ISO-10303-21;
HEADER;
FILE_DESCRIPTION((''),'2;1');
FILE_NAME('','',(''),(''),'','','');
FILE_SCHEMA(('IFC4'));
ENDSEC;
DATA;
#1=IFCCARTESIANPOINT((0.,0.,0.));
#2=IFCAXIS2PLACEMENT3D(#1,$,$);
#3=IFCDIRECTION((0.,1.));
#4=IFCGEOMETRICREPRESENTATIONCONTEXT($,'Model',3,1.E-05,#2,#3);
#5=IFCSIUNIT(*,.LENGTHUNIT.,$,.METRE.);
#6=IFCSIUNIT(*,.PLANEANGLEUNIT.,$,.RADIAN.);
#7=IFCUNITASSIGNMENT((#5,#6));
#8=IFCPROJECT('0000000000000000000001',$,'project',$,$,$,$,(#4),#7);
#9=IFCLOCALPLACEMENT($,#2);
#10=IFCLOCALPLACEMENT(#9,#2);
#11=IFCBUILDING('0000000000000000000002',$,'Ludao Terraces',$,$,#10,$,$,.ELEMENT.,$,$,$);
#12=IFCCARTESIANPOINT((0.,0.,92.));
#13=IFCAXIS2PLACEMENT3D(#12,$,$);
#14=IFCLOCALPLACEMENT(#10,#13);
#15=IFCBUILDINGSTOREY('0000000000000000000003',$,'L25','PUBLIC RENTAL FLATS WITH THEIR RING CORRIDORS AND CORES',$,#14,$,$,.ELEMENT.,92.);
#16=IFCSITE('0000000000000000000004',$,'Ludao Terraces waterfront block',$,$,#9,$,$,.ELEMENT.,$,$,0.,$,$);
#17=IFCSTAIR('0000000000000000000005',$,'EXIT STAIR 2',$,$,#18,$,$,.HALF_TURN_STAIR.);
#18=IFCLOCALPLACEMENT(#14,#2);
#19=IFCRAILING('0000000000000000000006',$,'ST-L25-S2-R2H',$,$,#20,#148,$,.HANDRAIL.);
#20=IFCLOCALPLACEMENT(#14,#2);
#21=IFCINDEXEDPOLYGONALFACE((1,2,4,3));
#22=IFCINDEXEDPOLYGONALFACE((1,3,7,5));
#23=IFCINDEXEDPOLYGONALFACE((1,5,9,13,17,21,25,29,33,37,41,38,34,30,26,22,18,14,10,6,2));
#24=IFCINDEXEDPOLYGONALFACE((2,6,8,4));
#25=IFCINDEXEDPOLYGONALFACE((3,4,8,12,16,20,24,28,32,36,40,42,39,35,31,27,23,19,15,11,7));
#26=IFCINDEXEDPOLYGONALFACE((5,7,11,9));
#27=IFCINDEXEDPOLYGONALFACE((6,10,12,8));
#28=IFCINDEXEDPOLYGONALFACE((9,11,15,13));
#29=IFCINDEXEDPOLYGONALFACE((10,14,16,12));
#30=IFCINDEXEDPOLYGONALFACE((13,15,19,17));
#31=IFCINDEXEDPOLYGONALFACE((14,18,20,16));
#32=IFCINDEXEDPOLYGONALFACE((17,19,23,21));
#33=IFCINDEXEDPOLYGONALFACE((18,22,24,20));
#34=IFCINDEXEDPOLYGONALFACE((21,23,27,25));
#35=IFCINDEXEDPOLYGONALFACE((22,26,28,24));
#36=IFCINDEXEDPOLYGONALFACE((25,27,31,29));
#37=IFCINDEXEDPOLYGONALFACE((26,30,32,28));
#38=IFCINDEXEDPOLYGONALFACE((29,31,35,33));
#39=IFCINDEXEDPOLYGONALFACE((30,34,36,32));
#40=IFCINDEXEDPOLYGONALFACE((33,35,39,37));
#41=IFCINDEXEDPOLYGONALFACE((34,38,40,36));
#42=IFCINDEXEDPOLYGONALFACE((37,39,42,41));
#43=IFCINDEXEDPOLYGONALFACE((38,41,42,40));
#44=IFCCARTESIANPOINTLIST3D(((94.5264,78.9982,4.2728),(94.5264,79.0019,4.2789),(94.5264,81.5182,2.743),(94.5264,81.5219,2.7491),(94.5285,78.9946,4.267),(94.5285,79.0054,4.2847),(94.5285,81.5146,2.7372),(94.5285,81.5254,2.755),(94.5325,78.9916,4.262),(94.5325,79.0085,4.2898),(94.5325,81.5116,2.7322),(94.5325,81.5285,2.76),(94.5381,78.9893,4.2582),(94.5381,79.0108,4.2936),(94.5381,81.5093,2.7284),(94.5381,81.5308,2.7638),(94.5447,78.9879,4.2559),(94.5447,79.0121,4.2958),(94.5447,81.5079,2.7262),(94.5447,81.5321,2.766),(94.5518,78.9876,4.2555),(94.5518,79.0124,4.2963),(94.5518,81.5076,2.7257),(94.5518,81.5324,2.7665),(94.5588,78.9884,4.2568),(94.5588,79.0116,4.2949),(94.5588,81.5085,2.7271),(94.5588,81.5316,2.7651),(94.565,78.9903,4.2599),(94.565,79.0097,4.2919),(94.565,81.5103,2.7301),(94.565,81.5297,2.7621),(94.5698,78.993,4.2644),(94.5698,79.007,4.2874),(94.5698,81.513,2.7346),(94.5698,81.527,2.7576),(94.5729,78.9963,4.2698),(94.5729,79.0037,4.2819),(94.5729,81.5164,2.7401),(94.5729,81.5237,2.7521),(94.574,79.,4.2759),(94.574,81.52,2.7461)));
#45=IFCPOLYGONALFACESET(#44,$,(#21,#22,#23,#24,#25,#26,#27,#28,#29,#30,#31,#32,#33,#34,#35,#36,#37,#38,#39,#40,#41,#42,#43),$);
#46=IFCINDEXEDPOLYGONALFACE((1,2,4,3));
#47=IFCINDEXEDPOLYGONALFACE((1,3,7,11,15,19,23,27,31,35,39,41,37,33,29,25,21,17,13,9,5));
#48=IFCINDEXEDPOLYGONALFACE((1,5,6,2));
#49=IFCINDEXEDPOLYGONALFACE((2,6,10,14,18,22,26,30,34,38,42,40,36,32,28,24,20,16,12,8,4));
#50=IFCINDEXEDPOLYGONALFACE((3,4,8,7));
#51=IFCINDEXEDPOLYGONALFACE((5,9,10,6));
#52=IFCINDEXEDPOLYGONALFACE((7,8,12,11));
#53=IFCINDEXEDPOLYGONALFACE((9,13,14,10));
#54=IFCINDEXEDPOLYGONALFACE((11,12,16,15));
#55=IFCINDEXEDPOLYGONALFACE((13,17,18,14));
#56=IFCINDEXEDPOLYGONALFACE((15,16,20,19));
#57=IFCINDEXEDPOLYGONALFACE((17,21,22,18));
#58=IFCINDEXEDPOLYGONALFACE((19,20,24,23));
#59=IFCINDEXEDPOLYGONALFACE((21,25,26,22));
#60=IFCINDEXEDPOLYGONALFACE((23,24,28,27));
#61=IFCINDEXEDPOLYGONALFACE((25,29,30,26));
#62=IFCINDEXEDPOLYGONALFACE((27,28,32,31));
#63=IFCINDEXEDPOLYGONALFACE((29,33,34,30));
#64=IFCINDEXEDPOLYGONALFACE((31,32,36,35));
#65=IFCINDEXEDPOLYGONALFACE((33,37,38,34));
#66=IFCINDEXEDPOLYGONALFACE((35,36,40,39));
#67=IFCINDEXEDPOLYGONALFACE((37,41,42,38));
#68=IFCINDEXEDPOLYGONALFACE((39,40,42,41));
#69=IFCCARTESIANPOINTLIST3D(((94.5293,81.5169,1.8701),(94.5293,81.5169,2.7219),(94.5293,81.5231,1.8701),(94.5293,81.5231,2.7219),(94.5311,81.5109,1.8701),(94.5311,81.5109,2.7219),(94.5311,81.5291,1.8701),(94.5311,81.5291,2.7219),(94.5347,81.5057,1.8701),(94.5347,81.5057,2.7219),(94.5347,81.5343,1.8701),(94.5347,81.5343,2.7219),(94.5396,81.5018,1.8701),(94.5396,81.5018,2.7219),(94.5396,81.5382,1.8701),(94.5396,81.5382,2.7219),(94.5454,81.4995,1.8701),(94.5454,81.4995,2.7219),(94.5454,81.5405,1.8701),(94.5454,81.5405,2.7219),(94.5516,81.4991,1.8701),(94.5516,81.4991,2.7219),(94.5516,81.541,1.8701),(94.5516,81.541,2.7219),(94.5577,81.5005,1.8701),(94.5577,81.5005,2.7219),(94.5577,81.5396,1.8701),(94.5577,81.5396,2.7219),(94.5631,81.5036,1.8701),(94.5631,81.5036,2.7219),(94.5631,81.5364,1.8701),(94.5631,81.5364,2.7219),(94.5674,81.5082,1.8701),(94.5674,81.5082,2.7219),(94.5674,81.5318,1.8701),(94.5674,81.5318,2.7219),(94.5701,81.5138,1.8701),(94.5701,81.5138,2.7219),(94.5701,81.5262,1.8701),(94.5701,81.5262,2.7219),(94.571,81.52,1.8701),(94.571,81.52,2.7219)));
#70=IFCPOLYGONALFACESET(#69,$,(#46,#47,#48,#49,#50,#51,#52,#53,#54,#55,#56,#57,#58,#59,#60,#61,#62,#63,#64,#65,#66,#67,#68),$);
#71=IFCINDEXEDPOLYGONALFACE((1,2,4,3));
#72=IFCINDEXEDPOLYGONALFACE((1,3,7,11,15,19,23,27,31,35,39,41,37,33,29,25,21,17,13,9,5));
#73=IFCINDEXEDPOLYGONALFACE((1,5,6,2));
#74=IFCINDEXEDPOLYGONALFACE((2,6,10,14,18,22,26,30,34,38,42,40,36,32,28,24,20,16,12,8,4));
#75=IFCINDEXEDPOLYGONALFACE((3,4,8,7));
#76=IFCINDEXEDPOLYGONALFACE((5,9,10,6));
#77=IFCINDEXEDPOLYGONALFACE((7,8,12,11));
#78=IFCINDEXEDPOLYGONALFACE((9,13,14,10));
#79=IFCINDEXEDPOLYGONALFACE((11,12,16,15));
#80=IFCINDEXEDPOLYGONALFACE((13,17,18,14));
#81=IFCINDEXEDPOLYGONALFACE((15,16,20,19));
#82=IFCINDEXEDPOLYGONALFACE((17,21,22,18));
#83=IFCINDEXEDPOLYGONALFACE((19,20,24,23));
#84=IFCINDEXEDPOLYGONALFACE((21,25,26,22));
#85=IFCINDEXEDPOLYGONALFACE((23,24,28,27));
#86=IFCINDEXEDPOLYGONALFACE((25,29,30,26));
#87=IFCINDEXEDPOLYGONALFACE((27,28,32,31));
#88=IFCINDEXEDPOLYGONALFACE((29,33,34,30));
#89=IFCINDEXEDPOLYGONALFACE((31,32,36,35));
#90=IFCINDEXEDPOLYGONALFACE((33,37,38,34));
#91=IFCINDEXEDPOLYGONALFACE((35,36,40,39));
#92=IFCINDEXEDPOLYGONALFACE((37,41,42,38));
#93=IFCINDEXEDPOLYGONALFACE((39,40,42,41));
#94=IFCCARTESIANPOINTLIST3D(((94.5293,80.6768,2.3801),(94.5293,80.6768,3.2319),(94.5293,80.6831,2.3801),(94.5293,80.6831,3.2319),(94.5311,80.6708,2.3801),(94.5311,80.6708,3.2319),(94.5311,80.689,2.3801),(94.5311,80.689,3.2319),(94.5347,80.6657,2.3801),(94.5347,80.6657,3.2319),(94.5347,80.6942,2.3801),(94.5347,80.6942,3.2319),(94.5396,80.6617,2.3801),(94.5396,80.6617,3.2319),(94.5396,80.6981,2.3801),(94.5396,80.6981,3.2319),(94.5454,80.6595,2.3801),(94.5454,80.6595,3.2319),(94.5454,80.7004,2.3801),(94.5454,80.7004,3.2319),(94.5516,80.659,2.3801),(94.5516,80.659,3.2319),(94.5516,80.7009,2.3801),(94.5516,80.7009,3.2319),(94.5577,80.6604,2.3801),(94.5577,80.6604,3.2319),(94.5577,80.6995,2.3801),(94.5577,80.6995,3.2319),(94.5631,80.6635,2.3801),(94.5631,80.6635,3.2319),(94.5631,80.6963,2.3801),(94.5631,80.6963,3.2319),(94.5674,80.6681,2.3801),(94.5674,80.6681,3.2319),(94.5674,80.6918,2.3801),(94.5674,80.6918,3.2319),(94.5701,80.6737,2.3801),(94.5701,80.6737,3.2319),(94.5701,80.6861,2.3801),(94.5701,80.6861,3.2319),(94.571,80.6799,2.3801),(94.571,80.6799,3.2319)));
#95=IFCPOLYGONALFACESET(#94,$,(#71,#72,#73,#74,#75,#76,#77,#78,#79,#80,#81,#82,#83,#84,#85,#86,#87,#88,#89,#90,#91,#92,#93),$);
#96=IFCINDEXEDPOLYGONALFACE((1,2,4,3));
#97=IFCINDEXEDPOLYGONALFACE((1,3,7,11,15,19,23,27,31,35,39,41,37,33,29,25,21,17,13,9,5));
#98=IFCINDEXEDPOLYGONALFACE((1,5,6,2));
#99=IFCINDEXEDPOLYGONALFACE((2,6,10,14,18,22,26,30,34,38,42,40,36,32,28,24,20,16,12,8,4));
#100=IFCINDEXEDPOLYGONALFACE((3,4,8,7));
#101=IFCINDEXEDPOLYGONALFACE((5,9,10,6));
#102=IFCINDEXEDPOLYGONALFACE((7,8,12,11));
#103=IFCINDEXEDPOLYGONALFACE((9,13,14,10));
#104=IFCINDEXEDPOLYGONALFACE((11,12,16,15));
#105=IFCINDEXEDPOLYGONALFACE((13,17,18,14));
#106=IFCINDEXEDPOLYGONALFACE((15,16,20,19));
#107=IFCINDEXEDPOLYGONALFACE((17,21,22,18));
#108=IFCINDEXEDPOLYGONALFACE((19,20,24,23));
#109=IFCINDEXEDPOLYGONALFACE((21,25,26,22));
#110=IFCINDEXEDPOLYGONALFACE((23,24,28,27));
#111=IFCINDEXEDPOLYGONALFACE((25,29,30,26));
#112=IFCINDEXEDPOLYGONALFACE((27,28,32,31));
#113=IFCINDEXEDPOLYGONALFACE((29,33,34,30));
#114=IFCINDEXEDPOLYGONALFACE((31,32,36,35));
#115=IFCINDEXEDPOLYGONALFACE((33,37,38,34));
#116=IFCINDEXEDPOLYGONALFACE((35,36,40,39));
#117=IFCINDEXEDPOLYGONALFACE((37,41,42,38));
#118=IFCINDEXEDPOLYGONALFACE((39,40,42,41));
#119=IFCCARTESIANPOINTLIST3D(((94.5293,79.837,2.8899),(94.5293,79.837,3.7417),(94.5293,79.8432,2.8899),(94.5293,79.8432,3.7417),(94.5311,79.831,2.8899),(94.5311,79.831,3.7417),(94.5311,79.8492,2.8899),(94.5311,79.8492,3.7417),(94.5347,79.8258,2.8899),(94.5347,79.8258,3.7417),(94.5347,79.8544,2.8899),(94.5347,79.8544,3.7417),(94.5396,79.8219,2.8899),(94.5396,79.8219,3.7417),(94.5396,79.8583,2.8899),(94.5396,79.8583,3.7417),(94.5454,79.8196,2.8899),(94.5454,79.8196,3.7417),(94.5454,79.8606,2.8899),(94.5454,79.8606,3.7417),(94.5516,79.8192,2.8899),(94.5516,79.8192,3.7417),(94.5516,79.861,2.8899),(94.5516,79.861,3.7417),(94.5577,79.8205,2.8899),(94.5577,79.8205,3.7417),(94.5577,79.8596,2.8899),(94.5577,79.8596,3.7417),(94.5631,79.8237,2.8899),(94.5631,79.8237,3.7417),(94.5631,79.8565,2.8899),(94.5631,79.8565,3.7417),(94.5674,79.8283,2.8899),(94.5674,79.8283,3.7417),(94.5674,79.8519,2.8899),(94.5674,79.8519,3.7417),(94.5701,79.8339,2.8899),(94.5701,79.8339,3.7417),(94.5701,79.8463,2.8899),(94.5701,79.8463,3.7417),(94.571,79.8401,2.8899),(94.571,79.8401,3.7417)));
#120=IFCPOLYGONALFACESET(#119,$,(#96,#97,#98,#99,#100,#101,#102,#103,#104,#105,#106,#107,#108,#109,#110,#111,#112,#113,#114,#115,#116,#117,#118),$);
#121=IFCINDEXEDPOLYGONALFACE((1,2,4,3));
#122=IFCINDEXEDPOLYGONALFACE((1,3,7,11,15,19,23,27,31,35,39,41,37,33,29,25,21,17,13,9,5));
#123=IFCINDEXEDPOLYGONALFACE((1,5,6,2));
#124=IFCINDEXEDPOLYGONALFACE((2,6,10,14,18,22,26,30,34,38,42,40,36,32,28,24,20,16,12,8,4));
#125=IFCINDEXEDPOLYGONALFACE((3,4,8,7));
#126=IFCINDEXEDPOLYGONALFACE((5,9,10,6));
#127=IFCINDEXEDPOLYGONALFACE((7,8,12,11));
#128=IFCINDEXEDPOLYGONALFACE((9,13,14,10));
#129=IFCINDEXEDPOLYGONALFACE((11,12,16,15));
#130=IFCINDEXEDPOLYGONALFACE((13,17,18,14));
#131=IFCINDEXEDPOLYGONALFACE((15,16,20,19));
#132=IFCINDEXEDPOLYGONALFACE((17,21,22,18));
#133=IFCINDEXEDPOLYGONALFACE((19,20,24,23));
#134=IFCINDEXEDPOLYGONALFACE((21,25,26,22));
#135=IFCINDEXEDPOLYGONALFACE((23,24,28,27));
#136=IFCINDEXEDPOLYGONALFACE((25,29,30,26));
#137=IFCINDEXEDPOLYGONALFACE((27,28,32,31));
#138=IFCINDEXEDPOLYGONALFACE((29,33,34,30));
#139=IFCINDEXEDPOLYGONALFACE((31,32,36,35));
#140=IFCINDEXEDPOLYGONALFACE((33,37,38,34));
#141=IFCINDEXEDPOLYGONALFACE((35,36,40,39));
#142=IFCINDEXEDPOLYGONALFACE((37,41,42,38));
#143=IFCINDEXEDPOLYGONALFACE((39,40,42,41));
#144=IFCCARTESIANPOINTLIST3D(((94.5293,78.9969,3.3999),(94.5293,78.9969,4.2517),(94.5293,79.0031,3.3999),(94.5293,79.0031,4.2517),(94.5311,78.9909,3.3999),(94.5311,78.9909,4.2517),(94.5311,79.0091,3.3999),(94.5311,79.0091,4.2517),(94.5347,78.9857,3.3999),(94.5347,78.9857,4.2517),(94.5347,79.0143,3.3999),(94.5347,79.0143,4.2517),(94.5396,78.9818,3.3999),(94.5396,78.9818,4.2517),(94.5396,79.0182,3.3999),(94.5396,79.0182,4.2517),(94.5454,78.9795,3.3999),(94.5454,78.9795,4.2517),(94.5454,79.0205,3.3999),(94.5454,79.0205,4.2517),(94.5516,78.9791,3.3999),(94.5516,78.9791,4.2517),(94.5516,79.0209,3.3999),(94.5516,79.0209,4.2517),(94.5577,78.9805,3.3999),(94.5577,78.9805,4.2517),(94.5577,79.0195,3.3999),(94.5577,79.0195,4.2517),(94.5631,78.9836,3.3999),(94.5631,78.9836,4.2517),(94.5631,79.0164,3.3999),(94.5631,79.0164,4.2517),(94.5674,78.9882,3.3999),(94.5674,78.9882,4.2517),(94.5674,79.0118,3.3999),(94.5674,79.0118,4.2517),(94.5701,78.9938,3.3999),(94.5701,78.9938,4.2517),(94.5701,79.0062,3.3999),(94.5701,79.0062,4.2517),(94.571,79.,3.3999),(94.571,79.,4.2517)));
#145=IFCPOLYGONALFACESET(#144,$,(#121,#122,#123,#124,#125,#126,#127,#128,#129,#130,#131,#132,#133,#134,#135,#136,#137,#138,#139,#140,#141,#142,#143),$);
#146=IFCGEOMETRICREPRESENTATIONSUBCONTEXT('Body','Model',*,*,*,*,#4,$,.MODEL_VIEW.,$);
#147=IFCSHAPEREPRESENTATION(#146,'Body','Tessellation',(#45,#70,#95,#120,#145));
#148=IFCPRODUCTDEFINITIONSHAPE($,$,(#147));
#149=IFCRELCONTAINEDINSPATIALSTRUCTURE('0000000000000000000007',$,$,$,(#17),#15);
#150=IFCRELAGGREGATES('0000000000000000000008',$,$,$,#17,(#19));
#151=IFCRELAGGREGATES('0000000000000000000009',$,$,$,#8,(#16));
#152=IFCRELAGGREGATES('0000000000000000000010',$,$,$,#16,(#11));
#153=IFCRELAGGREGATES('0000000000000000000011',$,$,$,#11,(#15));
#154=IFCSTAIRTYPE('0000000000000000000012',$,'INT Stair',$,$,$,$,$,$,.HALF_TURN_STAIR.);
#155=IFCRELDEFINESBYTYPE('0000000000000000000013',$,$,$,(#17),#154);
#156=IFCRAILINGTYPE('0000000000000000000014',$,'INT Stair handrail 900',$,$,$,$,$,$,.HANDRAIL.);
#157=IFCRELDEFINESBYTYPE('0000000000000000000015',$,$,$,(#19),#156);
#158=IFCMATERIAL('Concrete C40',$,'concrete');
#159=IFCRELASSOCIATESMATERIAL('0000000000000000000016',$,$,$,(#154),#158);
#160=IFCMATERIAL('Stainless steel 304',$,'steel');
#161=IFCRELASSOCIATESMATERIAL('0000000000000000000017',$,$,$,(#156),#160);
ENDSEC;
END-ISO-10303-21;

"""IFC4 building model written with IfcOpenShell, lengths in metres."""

from ifc_helpers import new_model, si_unit, direction, frame, origin, origin_2d, place, context, subcontext, project, spatial, circle, extrude, material, type_object, element, aggregate, save


model = new_model("IFC4")

# Units and contexts
model_context = context("Model", 3, precision=1e-05, world=origin(), true_north=direction((0.0, 1.0)))
body_context = subcontext(model_context, "Body", "Model", "MODEL_VIEW")
ifc_project = project(units=[si_unit("LENGTHUNIT", "METRE"), si_unit("PLANEANGLEUNIT", "RADIAN")], contexts=[model_context])

# Site, building, storey
site_placement = place(None, origin())
site = spatial("IfcSite", under=ifc_project, at=site_placement, Name="Ludao Terraces waterfront block", CompositionType="ELEMENT", RefElevation=0.0)
building_placement = place(site_placement, origin())
building = spatial("IfcBuilding", under=site, at=building_placement, Name="Ludao Terraces", CompositionType="ELEMENT")
storey_placement = place(building_placement, frame((0.0, 0.0, 92.0)))
storey = spatial("IfcBuildingStorey", under=building, at=storey_placement, Name="L25", Description="PUBLIC RENTAL FLATS WITH THEIR RING CORRIDORS AND CORES", CompositionType="ELEMENT", Elevation=92.0)

# Shared definitions
ifc_material_1 = material(Name="Concrete C40", Category="concrete")

# Stair, railing
stair_type = type_object("IfcStairType", Name="INT Stair", PredefinedType="HALF_TURN_STAIR", material=ifc_material_1)
stair_placement = place(storey_placement, origin())
stair = element("IfcStair", 1, at=stair_placement, inside=storey, type_object=stair_type, Name="EXIT STAIR 2", PredefinedType="HALF_TURN_STAIR")
ifc_material_2 = material(Name="Stainless steel 304", Category="steel")
railing_type_1 = type_object("IfcRailingType", Name="INT Stair handrail 900", PredefinedType="HANDRAIL", material=ifc_material_2)
railing_1_placement = place(storey_placement, frame((94.55, 81.52, 1.8701)))
railing_1 = element("IfcRailing", 2, at=railing_1_placement, type_object=railing_type_1, Name="ST-L25-S2-R2H", PredefinedType="HANDRAIL", context=body_context, shape_type="SweptSolid", body=[
    extrude(circle(Radius=0.0239, at=origin_2d()), frame((0.0, 0.0, 0.876), z_axis=(0.0, -0.854822, 0.518922), x_axis=(1.0, 0.0, 0.0)), (0.0, 0.0, 1.0), 2.948),
    extrude(circle(Radius=0.021, at=origin_2d()), origin(), (0.0, 0.0, 1.0), 0.8518),
    extrude(circle(Radius=0.021, at=origin_2d()), frame((0.0, -0.8401, 0.51)), (0.0, 0.0, 1.0), 0.8518),
    extrude(circle(Radius=0.021, at=origin_2d()), frame((0.0, -1.6799, 1.0198)), (0.0, 0.0, 1.0), 0.8518),
    extrude(circle(Radius=0.021, at=origin_2d()), frame((0.0, -2.52, 1.5298)), (0.0, 0.0, 1.0), 0.8518),
])
aggregate(stair, [railing_1])

save(model, "model.ifc")
